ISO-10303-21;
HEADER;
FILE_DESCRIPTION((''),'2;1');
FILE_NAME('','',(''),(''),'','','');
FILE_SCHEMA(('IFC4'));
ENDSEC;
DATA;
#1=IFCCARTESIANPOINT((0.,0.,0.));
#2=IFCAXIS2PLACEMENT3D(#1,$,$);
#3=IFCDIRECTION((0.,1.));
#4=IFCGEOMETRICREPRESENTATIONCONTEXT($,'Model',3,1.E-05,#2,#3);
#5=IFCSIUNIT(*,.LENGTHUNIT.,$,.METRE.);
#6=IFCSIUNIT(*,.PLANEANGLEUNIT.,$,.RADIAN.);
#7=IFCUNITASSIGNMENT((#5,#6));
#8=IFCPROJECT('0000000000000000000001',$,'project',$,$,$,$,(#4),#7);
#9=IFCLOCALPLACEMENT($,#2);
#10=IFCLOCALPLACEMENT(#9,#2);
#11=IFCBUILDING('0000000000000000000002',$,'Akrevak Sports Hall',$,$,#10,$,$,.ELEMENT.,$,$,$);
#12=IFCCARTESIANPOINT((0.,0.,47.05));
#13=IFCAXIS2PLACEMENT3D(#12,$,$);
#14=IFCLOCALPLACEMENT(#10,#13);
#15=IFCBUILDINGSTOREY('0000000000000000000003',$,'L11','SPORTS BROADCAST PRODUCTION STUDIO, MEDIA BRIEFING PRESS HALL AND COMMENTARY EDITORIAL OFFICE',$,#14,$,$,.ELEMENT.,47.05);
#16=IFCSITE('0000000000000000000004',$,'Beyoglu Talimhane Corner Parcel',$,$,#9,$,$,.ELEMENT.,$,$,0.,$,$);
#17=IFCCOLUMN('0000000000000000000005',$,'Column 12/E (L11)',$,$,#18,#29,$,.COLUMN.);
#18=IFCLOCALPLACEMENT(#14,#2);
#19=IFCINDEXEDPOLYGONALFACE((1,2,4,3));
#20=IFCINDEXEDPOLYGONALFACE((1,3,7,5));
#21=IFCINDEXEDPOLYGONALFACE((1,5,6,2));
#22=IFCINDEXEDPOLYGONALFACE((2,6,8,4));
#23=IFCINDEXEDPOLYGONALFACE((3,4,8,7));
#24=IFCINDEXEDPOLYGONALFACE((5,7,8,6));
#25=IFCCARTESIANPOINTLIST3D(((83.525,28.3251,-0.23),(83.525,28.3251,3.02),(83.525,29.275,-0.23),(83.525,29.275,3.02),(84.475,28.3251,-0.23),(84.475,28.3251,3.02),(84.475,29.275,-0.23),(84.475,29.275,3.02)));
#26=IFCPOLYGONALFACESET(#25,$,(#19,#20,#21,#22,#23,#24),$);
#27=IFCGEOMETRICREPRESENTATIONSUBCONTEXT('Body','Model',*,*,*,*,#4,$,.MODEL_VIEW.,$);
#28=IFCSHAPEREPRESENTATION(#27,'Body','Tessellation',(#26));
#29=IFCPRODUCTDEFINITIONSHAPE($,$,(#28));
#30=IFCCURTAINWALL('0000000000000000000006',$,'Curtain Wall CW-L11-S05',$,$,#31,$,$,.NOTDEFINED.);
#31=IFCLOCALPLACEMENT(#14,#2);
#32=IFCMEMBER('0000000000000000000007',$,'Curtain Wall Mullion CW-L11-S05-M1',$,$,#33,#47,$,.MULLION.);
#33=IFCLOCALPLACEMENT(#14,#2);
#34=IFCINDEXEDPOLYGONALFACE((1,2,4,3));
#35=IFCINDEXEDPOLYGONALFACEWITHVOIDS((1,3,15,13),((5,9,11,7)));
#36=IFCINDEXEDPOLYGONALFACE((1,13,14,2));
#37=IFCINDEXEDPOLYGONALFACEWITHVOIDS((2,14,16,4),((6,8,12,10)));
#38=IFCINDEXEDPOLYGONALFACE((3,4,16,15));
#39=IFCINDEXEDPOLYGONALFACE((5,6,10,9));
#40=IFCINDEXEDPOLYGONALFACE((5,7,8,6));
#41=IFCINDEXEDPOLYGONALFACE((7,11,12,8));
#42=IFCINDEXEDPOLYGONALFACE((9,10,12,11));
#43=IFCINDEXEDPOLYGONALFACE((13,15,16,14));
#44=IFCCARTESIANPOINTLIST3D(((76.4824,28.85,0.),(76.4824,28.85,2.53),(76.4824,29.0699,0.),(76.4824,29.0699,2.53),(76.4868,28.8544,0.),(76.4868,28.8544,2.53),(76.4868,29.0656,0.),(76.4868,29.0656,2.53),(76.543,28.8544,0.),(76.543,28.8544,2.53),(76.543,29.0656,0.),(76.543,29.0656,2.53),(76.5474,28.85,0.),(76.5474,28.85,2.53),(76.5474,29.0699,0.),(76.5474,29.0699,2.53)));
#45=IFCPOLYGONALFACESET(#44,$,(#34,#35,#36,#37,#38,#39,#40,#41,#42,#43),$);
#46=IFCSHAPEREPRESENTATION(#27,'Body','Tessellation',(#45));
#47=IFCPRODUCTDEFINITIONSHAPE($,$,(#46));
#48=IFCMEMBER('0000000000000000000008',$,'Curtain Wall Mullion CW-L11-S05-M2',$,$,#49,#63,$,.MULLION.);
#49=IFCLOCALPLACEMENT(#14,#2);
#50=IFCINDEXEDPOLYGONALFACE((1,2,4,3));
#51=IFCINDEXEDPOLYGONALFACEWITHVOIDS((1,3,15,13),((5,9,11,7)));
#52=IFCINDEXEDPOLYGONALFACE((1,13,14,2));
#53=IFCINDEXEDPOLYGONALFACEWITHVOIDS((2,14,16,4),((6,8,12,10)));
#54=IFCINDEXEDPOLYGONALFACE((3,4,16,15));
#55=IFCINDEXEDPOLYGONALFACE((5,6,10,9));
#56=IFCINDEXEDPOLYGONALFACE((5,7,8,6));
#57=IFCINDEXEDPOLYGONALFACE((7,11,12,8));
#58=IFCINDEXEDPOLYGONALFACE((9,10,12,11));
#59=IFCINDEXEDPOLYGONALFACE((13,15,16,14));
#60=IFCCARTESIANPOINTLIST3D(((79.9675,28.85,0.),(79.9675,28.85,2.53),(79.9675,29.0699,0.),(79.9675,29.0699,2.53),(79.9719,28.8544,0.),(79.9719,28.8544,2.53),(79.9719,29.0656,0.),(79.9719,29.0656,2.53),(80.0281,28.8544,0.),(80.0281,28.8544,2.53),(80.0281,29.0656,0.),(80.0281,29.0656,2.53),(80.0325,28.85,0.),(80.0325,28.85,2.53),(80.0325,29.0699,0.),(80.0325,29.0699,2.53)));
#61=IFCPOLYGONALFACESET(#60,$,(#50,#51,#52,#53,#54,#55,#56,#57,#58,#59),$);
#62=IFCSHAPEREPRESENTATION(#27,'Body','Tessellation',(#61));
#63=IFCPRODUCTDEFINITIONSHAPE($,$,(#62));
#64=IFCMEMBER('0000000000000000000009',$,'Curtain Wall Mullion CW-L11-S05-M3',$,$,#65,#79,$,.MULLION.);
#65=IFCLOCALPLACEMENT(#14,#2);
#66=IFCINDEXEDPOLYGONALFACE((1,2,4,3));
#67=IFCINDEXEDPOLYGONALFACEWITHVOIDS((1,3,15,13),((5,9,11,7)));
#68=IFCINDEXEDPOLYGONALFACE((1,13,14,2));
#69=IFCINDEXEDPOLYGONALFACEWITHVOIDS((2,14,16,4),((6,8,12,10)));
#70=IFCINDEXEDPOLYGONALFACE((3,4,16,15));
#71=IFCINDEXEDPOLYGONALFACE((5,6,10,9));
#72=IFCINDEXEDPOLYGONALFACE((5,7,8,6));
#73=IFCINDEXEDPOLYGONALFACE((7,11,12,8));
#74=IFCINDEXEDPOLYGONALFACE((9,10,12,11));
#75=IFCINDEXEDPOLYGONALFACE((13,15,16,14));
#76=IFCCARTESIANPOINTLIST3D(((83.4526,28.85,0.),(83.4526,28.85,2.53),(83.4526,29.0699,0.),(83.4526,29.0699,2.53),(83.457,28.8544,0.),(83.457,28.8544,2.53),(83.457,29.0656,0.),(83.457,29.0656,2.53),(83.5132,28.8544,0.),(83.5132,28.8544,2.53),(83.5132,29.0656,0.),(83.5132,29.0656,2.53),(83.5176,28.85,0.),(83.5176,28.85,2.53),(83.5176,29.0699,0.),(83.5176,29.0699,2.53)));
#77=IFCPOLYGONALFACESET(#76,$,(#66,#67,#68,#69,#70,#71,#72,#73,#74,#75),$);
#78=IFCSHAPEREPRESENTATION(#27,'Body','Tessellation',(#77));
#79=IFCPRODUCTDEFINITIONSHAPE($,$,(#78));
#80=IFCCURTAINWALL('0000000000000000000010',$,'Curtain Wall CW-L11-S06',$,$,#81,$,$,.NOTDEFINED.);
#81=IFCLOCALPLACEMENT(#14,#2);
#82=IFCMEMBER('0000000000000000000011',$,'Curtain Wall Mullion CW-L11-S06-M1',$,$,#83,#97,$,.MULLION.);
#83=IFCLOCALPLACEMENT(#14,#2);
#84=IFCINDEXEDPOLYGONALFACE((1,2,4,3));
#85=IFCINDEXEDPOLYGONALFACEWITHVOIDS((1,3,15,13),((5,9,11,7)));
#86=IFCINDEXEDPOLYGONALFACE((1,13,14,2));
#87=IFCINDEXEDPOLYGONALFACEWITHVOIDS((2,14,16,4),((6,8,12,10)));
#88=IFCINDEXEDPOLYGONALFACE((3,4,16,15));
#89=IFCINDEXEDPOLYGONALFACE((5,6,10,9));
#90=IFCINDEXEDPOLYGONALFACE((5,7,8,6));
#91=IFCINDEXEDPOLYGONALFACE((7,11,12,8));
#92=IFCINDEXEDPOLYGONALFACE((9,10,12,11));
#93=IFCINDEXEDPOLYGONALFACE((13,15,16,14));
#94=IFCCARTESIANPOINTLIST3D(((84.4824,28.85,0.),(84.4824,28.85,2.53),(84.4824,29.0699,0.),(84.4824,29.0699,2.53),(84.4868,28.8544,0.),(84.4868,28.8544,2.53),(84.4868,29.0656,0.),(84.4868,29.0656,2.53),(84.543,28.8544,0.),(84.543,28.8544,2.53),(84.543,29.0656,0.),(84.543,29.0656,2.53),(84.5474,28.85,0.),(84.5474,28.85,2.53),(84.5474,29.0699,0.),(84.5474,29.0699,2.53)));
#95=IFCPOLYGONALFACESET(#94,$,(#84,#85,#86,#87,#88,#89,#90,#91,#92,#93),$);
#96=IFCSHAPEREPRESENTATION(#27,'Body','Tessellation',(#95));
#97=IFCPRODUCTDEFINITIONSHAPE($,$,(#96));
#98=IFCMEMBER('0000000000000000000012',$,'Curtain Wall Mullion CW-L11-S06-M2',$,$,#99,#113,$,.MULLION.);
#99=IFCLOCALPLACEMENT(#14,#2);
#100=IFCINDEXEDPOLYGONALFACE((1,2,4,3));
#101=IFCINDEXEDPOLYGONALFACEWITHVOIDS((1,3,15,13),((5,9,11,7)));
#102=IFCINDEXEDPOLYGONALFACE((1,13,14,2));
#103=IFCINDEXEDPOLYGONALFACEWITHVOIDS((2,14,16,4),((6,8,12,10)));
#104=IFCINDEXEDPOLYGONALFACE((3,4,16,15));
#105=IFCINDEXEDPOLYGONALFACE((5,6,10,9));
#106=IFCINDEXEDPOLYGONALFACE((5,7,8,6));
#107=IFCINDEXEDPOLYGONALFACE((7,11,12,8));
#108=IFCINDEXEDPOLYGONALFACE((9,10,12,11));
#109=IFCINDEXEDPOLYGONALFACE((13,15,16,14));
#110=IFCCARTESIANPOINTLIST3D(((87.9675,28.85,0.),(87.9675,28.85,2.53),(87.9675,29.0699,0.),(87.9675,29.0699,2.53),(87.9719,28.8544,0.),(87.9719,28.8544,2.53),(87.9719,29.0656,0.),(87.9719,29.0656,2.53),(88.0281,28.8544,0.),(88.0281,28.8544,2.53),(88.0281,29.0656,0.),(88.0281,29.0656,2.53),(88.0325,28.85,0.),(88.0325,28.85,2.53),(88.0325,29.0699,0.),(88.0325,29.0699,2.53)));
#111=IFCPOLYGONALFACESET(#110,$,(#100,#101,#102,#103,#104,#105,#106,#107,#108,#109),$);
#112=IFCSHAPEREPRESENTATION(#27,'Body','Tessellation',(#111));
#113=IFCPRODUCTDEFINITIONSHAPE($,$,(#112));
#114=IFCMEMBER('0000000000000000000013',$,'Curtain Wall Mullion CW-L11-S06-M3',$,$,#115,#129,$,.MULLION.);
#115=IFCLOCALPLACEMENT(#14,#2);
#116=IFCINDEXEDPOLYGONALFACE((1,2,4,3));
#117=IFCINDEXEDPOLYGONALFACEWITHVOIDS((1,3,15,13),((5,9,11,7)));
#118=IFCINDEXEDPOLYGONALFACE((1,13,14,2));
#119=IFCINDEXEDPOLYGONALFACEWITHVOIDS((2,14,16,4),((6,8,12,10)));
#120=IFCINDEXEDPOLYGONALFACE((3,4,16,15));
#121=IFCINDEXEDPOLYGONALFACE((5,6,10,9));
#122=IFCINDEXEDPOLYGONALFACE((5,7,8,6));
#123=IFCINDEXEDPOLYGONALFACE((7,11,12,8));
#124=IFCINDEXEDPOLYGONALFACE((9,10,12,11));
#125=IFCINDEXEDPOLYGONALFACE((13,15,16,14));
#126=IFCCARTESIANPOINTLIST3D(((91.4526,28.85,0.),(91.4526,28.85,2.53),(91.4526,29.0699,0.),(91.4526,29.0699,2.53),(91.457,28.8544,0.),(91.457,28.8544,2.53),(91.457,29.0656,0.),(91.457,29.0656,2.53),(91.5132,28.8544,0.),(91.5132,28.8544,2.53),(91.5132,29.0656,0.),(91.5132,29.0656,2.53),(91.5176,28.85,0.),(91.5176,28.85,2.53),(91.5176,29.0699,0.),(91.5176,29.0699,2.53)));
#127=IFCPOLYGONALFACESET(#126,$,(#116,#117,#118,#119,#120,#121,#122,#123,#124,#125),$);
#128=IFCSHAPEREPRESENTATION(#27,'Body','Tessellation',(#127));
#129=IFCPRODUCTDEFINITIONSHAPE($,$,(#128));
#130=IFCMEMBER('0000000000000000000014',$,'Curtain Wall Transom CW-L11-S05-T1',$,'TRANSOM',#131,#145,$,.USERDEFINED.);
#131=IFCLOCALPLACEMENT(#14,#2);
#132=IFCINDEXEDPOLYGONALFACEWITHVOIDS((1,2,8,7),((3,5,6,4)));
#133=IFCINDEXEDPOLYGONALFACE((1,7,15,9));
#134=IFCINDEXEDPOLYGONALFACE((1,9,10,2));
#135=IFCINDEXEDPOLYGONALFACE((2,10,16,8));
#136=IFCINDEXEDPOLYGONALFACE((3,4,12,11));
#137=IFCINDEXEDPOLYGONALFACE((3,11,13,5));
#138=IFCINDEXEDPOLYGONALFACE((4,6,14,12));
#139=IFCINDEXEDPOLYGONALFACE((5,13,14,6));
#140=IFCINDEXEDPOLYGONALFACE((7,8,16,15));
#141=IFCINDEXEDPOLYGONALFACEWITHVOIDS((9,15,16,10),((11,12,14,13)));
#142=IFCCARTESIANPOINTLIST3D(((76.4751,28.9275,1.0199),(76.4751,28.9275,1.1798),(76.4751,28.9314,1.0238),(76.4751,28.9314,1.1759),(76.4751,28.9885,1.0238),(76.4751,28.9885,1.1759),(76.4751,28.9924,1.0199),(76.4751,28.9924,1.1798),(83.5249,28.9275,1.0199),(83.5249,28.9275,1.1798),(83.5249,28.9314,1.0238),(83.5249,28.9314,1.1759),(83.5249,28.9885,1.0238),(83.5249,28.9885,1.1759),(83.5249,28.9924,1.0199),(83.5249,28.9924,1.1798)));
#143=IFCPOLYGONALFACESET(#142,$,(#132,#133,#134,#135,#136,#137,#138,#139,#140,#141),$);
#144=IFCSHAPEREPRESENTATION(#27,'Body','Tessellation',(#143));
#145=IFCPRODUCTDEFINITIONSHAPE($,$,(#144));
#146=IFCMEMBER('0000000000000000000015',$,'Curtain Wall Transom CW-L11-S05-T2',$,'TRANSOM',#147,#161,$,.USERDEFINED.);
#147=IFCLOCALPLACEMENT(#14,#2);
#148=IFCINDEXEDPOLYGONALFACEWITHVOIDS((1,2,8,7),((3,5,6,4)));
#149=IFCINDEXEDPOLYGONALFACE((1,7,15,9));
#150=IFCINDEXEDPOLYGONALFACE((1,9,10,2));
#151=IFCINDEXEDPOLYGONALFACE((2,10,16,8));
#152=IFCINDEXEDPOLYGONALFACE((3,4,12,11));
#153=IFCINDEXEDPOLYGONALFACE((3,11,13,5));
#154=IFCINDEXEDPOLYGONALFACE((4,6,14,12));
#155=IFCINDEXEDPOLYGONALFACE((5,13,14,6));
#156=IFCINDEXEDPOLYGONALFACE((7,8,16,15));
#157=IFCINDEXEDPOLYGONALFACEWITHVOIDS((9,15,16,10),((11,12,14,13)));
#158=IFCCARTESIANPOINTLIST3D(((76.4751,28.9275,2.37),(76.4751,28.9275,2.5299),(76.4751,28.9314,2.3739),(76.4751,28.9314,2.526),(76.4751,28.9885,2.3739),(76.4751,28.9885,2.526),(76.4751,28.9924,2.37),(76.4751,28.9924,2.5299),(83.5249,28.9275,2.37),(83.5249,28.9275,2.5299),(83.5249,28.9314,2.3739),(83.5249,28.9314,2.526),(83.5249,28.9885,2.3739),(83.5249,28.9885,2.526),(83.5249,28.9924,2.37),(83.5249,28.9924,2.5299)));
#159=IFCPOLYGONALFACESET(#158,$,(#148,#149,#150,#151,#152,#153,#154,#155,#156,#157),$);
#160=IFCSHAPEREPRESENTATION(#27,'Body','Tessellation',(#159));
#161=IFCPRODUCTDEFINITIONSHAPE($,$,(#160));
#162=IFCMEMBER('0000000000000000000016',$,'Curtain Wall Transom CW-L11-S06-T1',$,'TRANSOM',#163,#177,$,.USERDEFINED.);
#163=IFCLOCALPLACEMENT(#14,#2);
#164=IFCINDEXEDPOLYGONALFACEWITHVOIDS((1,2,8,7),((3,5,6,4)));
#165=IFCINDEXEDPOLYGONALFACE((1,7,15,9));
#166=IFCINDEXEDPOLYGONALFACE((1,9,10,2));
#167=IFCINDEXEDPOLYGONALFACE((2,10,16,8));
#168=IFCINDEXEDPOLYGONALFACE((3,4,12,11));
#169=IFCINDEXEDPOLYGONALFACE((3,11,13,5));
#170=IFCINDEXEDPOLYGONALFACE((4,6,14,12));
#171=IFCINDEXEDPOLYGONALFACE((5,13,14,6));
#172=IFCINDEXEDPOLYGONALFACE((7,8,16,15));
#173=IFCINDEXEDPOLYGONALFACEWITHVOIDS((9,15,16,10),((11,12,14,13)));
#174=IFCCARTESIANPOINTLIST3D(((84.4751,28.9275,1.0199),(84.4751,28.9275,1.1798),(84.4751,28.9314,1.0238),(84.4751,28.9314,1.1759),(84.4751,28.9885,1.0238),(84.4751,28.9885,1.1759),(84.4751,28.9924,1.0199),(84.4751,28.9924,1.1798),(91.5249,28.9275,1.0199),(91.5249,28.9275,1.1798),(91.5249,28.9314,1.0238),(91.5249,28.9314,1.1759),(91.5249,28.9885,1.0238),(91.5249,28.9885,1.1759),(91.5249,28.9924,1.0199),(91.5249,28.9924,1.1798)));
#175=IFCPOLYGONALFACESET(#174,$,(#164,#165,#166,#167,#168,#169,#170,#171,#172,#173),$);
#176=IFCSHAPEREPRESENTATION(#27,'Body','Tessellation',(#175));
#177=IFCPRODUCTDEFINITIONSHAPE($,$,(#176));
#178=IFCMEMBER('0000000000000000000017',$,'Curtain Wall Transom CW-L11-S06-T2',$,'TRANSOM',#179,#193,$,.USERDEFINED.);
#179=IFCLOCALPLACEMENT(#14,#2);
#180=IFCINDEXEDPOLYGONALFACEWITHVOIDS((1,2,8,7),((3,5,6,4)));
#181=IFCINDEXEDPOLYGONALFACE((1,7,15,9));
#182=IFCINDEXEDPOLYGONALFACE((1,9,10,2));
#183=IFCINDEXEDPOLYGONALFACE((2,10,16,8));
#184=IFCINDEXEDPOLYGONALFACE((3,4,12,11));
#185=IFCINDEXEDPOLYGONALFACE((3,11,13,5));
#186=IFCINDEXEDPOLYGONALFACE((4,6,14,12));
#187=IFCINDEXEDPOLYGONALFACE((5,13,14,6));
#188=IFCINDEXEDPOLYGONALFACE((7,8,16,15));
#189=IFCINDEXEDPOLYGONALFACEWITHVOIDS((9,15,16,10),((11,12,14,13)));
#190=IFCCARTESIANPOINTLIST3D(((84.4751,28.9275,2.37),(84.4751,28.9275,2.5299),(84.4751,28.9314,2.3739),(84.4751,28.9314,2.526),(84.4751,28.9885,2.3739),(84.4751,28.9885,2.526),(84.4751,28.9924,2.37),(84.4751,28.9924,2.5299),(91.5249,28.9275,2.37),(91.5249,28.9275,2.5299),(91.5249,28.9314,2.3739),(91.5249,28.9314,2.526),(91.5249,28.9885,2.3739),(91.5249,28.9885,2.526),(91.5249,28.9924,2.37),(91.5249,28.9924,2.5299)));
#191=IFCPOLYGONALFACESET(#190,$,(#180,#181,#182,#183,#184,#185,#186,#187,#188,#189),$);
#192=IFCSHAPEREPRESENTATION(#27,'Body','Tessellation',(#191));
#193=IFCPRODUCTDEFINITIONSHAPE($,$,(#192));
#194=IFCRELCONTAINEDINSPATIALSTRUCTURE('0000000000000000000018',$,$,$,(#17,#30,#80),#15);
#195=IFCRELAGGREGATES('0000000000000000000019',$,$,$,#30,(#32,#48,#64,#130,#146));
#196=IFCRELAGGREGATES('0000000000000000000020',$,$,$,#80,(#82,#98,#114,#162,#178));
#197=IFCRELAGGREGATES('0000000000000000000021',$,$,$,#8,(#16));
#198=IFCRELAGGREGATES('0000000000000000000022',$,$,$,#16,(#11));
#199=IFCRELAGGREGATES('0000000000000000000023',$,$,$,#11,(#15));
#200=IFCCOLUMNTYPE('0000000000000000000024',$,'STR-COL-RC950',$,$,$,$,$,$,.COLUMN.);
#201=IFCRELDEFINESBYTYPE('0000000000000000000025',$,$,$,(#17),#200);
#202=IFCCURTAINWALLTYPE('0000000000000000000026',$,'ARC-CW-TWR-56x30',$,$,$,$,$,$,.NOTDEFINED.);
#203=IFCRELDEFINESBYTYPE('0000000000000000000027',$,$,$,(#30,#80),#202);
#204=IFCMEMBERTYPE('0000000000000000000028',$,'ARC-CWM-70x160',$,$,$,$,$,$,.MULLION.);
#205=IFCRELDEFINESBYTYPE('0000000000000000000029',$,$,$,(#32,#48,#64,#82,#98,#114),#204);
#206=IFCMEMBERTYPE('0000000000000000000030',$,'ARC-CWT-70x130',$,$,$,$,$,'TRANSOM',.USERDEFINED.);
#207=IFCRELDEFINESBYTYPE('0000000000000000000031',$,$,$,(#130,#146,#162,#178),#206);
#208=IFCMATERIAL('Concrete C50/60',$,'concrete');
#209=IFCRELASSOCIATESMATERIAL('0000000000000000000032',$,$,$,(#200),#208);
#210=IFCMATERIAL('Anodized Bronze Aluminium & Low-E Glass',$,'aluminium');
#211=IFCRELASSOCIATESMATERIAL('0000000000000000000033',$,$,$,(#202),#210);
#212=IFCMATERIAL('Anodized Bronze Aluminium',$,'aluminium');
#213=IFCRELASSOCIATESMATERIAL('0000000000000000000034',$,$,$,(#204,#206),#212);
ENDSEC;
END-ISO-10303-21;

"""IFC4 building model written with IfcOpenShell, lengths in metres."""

from ifc_helpers import new_model, si_unit, direction, frame, origin, origin_2d, place, context, subcontext, project, spatial, rectangle, hollow_rectangle, extrude, material, material_profile, profile_set, type_object, element, aggregate, save


model = new_model("IFC4")

# Units and contexts
model_context = context("Model", 3, precision=1e-05, world=origin(), true_north=direction((0.0, 1.0)))
body_context = subcontext(model_context, "Body", "Model", "MODEL_VIEW")
ifc_project = project(units=[si_unit("LENGTHUNIT", "METRE"), si_unit("PLANEANGLEUNIT", "RADIAN")], contexts=[model_context])

# Site, building, storey
site_placement = place(None, origin())
site = spatial("IfcSite", under=ifc_project, at=site_placement, Name="Beyoglu Talimhane Corner Parcel", CompositionType="ELEMENT", RefElevation=0.0)
building_placement = place(site_placement, origin())
building = spatial("IfcBuilding", under=site, at=building_placement, Name="Akrevak Sports Hall", CompositionType="ELEMENT")
storey_placement = place(building_placement, frame((0.0, 0.0, 47.05)))
storey = spatial("IfcBuildingStorey", under=building, at=storey_placement, Name="L11", Description="SPORTS BROADCAST PRODUCTION STUDIO, MEDIA BRIEFING PRESS HALL AND COMMENTARY EDITORIAL OFFICE", CompositionType="ELEMENT", Elevation=47.05)

# Column
ifc_material_1 = material(Name="Concrete C50/60", Category="concrete")
ifc_material_profile_1 = material_profile(ifc_material_1, rectangle(XDim=0.95, YDim=0.95, at=origin_2d()), Name="RC 950x950", Category="concrete")
ifc_profile_set_1 = profile_set([ifc_material_profile_1], Name="Concrete C50/60")
column_type = type_object("IfcColumnType", Name="STR-COL-RC950", PredefinedType="COLUMN", material=ifc_profile_set_1)
column_placement = place(storey_placement, frame((84.0, 28.8, -0.23), z_axis=(0.0, 0.0, 1.0), x_axis=(1.0, 0.0, 0.0)))
element("IfcColumn", 1, at=column_placement, inside=storey, type_object=column_type, Name="Column 12/E (L11)", PredefinedType="COLUMN", context=body_context, shape_type="SweptSolid", body=[
    extrude(rectangle(XDim=0.95, YDim=0.95, at=origin_2d()), origin(), (0.0, 0.0, 1.0), 3.25),
])

# Curtain walls, members
ifc_material_2 = material(Name="Anodized Bronze Aluminium & Low-E Glass", Category="aluminium")
curtain_wall_type = type_object("IfcCurtainWallType", Name="ARC-CW-TWR-56x30", PredefinedType="NOTDEFINED", material=ifc_material_2)
curtain_wall_1_placement = place(storey_placement, origin())
curtain_wall_1 = element("IfcCurtainWall", 2, at=curtain_wall_1_placement, inside=storey, type_object=curtain_wall_type, Name="Curtain Wall CW-L11-S05", PredefinedType="NOTDEFINED")
ifc_material_3 = material(Name="Anodized Bronze Aluminium", Category="aluminium")
ifc_material_profile_2 = material_profile(ifc_material_3, hollow_rectangle(XDim=0.0649, YDim=0.22, WallThickness=0.0044, at=origin_2d()), Name="CWM 65x220", Category="aluminium")
ifc_profile_set_2 = profile_set([ifc_material_profile_2], Name="Anodized Bronze Aluminium")
member_type_1 = type_object("IfcMemberType", Name="ARC-CWM-70x160", PredefinedType="MULLION", material=ifc_profile_set_2)
member_1_placement = place(storey_placement, frame((76.5149, 28.96, 0.0), z_axis=(0.0, 0.0, 1.0), x_axis=(1.0, 0.0, 0.0)))
member_1 = element("IfcMember", 3, at=member_1_placement, type_object=member_type_1, Name="Curtain Wall Mullion CW-L11-S05-M1", PredefinedType="MULLION", context=body_context, shape_type="SweptSolid", body=[
    extrude(hollow_rectangle(XDim=0.0649, YDim=0.22, WallThickness=0.0044, at=origin_2d()), origin(), (0.0, 0.0, 1.0), 2.53),
])
member_2_placement = place(storey_placement, frame((80.0, 28.96, 0.0), z_axis=(0.0, 0.0, 1.0), x_axis=(1.0, 0.0, 0.0)))
member_2 = element("IfcMember", 4, at=member_2_placement, type_object=member_type_1, Name="Curtain Wall Mullion CW-L11-S05-M2", PredefinedType="MULLION", context=body_context, shape_type="SweptSolid", body=[
    extrude(hollow_rectangle(XDim=0.0649, YDim=0.22, WallThickness=0.0044, at=origin_2d()), origin(), (0.0, 0.0, 1.0), 2.53),
])
member_3_placement = place(storey_placement, frame((83.4851, 28.96, 0.0), z_axis=(0.0, 0.0, 1.0), x_axis=(1.0, 0.0, 0.0)))
member_3 = element("IfcMember", 5, at=member_3_placement, type_object=member_type_1, Name="Curtain Wall Mullion CW-L11-S05-M3", PredefinedType="MULLION", context=body_context, shape_type="SweptSolid", body=[
    extrude(hollow_rectangle(XDim=0.0649, YDim=0.22, WallThickness=0.0044, at=origin_2d()), origin(), (0.0, 0.0, 1.0), 2.53),
])
curtain_wall_2_placement = place(storey_placement, origin())
curtain_wall_2 = element("IfcCurtainWall", 6, at=curtain_wall_2_placement, inside=storey, type_object=curtain_wall_type, Name="Curtain Wall CW-L11-S06", PredefinedType="NOTDEFINED")
member_4_placement = place(storey_placement, frame((84.5149, 28.96, 0.0), z_axis=(0.0, 0.0, 1.0), x_axis=(1.0, 0.0, 0.0)))
member_4 = element("IfcMember", 7, at=member_4_placement, type_object=member_type_1, Name="Curtain Wall Mullion CW-L11-S06-M1", PredefinedType="MULLION", context=body_context, shape_type="SweptSolid", body=[
    extrude(hollow_rectangle(XDim=0.0649, YDim=0.22, WallThickness=0.0044, at=origin_2d()), origin(), (0.0, 0.0, 1.0), 2.53),
])
member_5_placement = place(storey_placement, frame((88.0, 28.96, 0.0), z_axis=(0.0, 0.0, 1.0), x_axis=(1.0, 0.0, 0.0)))
member_5 = element("IfcMember", 8, at=member_5_placement, type_object=member_type_1, Name="Curtain Wall Mullion CW-L11-S06-M2", PredefinedType="MULLION", context=body_context, shape_type="SweptSolid", body=[
    extrude(hollow_rectangle(XDim=0.0649, YDim=0.22, WallThickness=0.0044, at=origin_2d()), origin(), (0.0, 0.0, 1.0), 2.53),
])
member_6_placement = place(storey_placement, frame((91.4851, 28.96, 0.0), z_axis=(0.0, 0.0, 1.0), x_axis=(1.0, 0.0, 0.0)))
member_6 = element("IfcMember", 9, at=member_6_placement, type_object=member_type_1, Name="Curtain Wall Mullion CW-L11-S06-M3", PredefinedType="MULLION", context=body_context, shape_type="SweptSolid", body=[
    extrude(hollow_rectangle(XDim=0.0649, YDim=0.22, WallThickness=0.0044, at=origin_2d()), origin(), (0.0, 0.0, 1.0), 2.53),
])

# Members
ifc_material_profile_3 = material_profile(ifc_material_3, hollow_rectangle(XDim=0.0649, YDim=0.1599, WallThickness=0.0039, at=origin_2d()), Name="CWT 65x160", Category="aluminium")
ifc_profile_set_3 = profile_set([ifc_material_profile_3], Name="Anodized Bronze Aluminium")
member_type_2 = type_object("IfcMemberType", Name="ARC-CWT-70x130", ElementType="TRANSOM", PredefinedType="USERDEFINED", material=ifc_profile_set_3)
member_7_placement = place(storey_placement, frame((76.4751, 28.96, 1.0999), z_axis=(1.0, 0.0, 0.0), x_axis=(0.0, 1.0, 0.0)))
member_7 = element("IfcMember", 10, at=member_7_placement, type_object=member_type_2, Name="Curtain Wall Transom CW-L11-S05-T1", ObjectType="TRANSOM", PredefinedType="USERDEFINED", context=body_context, shape_type="SweptSolid", body=[
    extrude(hollow_rectangle(XDim=0.0649, YDim=0.1599, WallThickness=0.0039, at=origin_2d()), origin(), (0.0, 0.0, 1.0), 7.0498),
])
member_8_placement = place(storey_placement, frame((76.4751, 28.96, 2.45), z_axis=(1.0, 0.0, 0.0), x_axis=(0.0, 1.0, 0.0)))
member_8 = element("IfcMember", 11, at=member_8_placement, type_object=member_type_2, Name="Curtain Wall Transom CW-L11-S05-T2", ObjectType="TRANSOM", PredefinedType="USERDEFINED", context=body_context, shape_type="SweptSolid", body=[
    extrude(hollow_rectangle(XDim=0.0649, YDim=0.1599, WallThickness=0.0039, at=origin_2d()), origin(), (0.0, 0.0, 1.0), 7.0498),
])
member_9_placement = place(storey_placement, frame((84.4751, 28.96, 1.0999), z_axis=(1.0, 0.0, 0.0), x_axis=(0.0, 1.0, 0.0)))
member_9 = element("IfcMember", 12, at=member_9_placement, type_object=member_type_2, Name="Curtain Wall Transom CW-L11-S06-T1", ObjectType="TRANSOM", PredefinedType="USERDEFINED", context=body_context, shape_type="SweptSolid", body=[
    extrude(hollow_rectangle(XDim=0.0649, YDim=0.1599, WallThickness=0.0039, at=origin_2d()), origin(), (0.0, 0.0, 1.0), 7.0498),
])
member_10_placement = place(storey_placement, frame((84.4751, 28.96, 2.45), z_axis=(1.0, 0.0, 0.0), x_axis=(0.0, 1.0, 0.0)))
member_10 = element("IfcMember", 13, at=member_10_placement, type_object=member_type_2, Name="Curtain Wall Transom CW-L11-S06-T2", ObjectType="TRANSOM", PredefinedType="USERDEFINED", context=body_context, shape_type="SweptSolid", body=[
    extrude(hollow_rectangle(XDim=0.0649, YDim=0.1599, WallThickness=0.0039, at=origin_2d()), origin(), (0.0, 0.0, 1.0), 7.0498),
])

aggregate(curtain_wall_1, [member_1, member_2, member_3, member_7, member_8])
aggregate(curtain_wall_2, [member_4, member_5, member_6, member_9, member_10])

save(model, "model.ifc")
